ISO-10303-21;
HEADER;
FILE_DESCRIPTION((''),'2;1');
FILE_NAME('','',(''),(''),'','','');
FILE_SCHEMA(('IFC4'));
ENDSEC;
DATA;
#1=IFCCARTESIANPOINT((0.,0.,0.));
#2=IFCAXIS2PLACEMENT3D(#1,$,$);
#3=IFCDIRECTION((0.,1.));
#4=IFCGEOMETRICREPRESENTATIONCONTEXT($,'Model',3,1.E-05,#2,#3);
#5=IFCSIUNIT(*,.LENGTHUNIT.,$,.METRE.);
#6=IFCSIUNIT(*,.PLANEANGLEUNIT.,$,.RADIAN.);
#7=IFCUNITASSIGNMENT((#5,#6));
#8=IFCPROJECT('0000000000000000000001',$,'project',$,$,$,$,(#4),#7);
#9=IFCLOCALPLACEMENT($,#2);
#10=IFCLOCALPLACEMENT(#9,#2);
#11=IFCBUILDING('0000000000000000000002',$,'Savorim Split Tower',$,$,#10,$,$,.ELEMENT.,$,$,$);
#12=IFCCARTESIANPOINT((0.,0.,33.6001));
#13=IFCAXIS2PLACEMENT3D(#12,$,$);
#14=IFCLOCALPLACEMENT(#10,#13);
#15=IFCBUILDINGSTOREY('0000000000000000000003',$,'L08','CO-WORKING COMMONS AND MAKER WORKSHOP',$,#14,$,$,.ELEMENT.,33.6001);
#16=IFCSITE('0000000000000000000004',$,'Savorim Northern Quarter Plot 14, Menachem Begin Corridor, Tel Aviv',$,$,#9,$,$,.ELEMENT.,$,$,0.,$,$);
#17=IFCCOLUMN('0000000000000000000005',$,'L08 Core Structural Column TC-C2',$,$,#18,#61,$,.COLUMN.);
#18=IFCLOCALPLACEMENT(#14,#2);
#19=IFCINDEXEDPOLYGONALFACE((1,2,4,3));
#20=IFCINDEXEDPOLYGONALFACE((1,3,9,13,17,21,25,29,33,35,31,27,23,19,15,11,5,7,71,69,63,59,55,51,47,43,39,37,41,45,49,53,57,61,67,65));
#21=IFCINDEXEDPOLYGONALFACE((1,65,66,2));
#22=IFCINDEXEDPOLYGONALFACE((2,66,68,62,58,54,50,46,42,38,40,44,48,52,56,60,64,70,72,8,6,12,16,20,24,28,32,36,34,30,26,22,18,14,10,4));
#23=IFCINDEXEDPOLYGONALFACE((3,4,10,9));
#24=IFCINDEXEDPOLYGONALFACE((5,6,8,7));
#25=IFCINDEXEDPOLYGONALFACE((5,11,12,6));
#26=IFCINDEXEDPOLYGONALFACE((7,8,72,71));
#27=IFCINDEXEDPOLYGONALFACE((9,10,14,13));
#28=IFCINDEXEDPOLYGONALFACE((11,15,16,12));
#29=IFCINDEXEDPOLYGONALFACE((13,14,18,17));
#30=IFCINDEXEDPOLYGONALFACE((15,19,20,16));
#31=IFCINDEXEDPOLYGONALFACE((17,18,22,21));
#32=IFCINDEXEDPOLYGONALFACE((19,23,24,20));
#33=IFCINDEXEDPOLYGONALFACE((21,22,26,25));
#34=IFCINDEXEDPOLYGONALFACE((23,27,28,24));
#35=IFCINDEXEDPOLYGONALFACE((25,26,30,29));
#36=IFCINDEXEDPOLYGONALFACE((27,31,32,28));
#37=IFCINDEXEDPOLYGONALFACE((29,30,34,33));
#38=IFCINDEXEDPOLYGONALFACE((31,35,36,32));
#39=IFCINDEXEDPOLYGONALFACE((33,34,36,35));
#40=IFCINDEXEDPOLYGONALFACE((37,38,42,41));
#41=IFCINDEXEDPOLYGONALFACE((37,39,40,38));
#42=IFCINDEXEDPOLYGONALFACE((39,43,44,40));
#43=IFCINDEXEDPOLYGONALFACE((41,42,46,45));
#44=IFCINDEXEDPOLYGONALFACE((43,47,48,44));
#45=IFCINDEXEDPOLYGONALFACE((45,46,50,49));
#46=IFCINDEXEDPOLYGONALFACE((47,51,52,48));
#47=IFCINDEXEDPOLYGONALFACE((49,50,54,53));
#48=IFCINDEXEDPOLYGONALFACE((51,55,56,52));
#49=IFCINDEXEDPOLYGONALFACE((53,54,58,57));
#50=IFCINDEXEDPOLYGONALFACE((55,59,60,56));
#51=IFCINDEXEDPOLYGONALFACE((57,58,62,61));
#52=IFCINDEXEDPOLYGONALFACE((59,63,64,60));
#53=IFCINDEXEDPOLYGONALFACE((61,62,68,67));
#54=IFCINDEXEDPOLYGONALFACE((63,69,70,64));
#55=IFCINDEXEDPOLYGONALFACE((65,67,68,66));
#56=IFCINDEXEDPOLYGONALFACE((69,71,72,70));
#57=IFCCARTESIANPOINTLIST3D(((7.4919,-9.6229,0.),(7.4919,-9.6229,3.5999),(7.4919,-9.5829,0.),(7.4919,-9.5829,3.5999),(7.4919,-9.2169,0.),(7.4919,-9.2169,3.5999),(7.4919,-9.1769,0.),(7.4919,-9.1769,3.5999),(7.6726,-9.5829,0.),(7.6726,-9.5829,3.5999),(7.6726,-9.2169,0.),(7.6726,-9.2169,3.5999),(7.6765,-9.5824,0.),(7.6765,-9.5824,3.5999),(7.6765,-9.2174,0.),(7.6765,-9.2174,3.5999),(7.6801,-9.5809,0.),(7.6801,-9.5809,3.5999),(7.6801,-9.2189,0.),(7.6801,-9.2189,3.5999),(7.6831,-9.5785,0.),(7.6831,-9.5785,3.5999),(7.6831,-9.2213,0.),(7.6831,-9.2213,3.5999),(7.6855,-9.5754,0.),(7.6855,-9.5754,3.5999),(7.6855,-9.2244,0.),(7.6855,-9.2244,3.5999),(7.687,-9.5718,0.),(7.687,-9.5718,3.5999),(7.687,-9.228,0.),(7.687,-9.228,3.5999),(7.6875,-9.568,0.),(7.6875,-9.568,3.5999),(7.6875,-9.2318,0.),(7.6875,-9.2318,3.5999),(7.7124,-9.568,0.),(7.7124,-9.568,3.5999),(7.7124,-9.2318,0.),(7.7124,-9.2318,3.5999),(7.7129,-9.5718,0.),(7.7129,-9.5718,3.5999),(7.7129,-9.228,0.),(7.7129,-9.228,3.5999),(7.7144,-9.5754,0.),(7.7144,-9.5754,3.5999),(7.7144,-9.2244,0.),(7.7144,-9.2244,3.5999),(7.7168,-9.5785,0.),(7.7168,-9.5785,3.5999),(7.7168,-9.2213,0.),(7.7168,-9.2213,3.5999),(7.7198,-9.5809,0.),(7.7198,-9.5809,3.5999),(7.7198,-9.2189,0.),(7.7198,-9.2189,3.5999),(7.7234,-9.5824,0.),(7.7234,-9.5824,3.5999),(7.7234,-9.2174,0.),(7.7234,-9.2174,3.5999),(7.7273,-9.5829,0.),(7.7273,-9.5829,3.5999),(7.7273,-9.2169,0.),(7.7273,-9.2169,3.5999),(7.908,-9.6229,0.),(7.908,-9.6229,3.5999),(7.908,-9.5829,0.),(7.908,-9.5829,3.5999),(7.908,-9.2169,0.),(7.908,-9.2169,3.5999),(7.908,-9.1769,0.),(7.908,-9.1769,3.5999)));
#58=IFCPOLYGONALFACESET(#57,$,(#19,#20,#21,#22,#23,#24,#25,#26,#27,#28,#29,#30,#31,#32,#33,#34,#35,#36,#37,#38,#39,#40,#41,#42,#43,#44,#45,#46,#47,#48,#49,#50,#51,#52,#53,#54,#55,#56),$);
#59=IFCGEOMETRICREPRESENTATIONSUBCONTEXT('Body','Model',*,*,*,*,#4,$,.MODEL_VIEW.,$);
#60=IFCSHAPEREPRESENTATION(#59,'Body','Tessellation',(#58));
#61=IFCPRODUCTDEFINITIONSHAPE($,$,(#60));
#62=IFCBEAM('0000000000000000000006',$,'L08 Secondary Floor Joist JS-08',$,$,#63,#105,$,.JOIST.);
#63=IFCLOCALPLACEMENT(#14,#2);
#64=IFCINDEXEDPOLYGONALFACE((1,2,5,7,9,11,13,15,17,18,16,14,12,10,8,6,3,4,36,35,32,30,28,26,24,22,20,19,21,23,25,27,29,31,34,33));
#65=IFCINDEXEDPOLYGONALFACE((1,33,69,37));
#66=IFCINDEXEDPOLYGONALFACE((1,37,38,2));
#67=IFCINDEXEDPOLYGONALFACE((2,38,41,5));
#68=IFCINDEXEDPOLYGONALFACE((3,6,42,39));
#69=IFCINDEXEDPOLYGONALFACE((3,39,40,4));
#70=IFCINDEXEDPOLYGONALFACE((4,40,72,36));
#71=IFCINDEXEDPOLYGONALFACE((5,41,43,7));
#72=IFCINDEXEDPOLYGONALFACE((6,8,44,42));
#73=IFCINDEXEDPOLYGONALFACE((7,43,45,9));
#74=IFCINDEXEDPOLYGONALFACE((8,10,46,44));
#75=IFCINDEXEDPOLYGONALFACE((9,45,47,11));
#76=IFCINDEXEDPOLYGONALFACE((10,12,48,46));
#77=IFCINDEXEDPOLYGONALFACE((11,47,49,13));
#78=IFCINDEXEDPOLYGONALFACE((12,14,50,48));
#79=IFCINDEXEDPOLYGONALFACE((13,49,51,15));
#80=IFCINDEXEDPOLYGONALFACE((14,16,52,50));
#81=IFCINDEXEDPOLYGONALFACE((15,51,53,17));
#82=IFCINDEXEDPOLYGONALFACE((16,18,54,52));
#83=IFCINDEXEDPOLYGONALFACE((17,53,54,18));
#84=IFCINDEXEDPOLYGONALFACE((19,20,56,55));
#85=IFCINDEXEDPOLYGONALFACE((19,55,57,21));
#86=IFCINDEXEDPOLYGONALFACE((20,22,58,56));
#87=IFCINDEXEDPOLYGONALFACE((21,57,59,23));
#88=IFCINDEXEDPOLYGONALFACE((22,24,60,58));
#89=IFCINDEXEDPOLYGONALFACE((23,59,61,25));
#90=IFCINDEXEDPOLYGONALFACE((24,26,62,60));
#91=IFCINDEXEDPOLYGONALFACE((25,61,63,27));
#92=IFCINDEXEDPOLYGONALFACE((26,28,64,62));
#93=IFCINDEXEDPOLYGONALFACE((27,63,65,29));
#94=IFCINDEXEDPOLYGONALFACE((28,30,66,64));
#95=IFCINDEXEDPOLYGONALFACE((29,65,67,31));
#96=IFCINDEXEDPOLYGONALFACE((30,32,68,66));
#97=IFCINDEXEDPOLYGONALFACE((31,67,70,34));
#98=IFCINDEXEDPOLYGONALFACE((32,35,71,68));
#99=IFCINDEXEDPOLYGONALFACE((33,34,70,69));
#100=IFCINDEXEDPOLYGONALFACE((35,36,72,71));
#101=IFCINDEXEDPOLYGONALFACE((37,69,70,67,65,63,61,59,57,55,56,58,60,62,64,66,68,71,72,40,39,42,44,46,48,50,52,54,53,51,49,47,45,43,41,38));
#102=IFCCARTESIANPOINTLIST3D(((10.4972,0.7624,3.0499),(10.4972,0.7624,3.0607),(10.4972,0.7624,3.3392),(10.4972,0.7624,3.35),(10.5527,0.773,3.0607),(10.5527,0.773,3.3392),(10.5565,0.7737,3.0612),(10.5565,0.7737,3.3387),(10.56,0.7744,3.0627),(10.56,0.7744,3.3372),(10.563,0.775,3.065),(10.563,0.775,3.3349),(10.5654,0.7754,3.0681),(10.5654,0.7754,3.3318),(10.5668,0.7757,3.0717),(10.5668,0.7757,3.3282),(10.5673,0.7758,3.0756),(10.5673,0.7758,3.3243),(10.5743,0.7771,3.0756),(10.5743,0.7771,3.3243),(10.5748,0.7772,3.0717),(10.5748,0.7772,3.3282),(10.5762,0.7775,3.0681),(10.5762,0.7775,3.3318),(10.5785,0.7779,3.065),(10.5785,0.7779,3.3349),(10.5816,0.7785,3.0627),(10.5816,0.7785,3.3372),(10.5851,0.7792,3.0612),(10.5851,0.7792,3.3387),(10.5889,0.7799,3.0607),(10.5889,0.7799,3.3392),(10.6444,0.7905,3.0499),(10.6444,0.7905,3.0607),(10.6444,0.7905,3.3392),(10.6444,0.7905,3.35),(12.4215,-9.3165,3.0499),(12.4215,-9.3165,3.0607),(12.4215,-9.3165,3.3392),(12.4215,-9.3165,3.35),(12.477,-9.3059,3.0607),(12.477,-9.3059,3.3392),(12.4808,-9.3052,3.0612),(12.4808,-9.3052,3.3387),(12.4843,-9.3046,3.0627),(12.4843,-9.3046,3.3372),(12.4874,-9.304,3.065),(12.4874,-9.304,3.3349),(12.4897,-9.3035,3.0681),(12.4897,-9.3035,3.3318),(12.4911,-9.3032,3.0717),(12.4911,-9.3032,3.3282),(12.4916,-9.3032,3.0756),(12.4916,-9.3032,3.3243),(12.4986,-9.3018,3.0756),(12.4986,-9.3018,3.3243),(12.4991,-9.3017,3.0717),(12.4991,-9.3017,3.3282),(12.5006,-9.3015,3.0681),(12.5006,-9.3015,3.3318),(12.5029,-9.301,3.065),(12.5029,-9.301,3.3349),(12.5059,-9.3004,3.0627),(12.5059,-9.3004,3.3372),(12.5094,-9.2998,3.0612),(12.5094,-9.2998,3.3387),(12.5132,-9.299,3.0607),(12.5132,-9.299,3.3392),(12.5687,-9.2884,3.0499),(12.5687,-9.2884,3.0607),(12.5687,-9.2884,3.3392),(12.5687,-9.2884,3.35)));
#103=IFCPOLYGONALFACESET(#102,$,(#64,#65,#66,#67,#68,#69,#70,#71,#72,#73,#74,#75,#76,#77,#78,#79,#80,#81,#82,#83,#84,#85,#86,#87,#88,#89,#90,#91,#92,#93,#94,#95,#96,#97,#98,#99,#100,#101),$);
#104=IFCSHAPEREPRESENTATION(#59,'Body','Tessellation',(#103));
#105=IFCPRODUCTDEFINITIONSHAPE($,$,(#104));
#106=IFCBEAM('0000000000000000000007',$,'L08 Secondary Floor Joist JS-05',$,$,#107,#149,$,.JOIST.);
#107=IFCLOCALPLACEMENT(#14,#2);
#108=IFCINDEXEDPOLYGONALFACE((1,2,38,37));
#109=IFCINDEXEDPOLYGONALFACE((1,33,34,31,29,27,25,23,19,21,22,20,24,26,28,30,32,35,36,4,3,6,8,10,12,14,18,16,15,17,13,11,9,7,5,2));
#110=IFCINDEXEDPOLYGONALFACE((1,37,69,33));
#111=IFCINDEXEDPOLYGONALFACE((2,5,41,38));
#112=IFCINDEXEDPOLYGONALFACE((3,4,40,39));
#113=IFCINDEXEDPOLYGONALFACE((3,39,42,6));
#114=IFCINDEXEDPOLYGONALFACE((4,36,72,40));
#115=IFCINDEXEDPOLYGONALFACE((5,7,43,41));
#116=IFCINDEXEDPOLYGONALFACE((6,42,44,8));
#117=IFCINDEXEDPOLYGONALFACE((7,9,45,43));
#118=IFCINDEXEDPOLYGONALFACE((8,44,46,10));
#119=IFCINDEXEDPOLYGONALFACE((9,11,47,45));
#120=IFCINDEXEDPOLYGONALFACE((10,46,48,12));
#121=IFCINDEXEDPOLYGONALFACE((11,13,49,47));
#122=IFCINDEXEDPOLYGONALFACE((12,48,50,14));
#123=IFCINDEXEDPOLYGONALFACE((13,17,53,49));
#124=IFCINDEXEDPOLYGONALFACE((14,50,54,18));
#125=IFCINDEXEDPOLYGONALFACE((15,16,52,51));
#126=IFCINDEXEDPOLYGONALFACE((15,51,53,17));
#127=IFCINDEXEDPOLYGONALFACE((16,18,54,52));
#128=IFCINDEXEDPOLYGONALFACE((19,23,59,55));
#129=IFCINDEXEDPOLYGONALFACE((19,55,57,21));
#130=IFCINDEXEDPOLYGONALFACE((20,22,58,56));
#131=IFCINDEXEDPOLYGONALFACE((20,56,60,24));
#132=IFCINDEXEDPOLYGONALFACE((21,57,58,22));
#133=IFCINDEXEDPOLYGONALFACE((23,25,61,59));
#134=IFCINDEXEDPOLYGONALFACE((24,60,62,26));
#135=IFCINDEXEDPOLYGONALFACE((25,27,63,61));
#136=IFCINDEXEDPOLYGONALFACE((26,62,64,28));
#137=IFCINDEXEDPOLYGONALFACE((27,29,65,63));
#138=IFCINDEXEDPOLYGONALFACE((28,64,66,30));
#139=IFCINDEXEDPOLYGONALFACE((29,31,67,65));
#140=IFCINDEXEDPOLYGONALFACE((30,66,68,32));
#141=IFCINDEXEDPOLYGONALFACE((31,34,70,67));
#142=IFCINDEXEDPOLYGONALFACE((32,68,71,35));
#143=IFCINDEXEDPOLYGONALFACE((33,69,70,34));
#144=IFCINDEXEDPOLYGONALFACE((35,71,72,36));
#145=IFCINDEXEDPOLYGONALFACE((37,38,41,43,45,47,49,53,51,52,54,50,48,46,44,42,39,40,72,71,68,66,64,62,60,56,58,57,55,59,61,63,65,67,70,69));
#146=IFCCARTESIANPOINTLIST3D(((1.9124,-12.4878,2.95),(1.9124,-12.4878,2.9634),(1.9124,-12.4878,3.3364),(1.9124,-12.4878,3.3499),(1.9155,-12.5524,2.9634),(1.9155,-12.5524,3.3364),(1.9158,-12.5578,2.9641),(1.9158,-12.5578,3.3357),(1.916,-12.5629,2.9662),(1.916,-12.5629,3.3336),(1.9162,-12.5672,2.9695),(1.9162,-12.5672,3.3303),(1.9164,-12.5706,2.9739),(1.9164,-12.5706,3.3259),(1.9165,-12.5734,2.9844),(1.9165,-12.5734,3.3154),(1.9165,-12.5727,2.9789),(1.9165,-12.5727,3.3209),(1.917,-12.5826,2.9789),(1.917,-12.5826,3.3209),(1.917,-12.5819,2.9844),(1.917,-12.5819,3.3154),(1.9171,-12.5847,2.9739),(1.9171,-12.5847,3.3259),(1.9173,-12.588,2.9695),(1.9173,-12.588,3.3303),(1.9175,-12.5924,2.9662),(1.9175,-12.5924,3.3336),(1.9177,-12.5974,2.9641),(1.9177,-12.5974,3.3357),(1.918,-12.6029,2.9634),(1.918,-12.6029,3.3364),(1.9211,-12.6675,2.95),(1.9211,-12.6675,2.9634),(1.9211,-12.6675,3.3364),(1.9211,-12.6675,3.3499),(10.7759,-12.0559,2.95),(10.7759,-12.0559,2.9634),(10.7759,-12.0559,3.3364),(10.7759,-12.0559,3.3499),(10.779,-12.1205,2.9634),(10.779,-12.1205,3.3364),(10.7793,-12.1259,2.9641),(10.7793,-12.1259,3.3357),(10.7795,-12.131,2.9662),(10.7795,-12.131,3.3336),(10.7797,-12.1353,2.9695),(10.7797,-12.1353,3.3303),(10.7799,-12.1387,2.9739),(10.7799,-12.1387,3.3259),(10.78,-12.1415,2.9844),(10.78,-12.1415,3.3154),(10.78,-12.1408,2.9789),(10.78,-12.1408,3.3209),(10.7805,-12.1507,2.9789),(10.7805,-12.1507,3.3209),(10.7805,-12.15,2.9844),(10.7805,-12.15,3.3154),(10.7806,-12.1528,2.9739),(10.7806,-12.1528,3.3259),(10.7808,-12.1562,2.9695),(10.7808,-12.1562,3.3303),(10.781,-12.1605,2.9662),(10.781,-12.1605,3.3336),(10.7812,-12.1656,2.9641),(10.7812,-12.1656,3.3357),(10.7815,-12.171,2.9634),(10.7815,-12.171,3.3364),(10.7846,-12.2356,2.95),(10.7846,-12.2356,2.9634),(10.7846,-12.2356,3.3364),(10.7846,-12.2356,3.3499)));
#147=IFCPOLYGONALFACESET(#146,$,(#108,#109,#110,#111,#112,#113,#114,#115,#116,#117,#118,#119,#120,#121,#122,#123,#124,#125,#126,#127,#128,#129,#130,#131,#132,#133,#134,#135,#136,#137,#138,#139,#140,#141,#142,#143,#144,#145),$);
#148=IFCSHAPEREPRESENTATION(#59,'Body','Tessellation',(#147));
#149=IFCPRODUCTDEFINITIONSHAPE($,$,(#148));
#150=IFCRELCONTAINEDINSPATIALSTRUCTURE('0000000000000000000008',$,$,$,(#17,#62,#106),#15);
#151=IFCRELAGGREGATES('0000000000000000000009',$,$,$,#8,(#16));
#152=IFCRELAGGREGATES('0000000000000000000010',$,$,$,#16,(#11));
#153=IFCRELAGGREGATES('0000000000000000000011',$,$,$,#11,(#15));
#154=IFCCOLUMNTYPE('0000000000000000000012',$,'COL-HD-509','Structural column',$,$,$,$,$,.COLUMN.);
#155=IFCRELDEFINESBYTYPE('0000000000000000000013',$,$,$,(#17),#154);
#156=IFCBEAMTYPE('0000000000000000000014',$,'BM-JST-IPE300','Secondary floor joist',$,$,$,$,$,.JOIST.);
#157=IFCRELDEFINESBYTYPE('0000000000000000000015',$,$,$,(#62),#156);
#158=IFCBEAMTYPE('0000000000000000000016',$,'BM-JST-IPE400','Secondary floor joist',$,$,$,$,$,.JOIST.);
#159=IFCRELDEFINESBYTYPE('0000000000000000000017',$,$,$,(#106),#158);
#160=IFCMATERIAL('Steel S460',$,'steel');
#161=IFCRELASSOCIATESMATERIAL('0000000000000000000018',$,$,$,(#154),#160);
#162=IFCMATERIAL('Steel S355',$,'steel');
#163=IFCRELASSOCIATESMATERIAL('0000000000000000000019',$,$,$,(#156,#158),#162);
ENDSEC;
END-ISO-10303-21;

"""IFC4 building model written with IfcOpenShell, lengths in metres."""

from ifc_helpers import new_model, si_unit, direction, frame, origin, origin_2d, place, context, subcontext, project, spatial, i_section, extrude, material, material_profile, profile_set, type_object, element, save


model = new_model("IFC4")

# Units and contexts
model_context = context("Model", 3, precision=1e-05, world=origin(), true_north=direction((0.0, 1.0)))
body_context = subcontext(model_context, "Body", "Model", "MODEL_VIEW")
ifc_project = project(units=[si_unit("LENGTHUNIT", "METRE"), si_unit("PLANEANGLEUNIT", "RADIAN")], contexts=[model_context])

# Site, building, storey
site_placement = place(None, origin())
site = spatial("IfcSite", under=ifc_project, at=site_placement, Name="Savorim Northern Quarter Plot 14, Menachem Begin Corridor, Tel Aviv", CompositionType="ELEMENT", RefElevation=0.0)
building_placement = place(site_placement, origin())
building = spatial("IfcBuilding", under=site, at=building_placement, Name="Savorim Split Tower", CompositionType="ELEMENT")
storey_placement = place(building_placement, frame((0.0, 0.0, 33.6001)))
storey = spatial("IfcBuildingStorey", under=building, at=storey_placement, Name="L08", Description="CO-WORKING COMMONS AND MAKER WORKSHOP", CompositionType="ELEMENT", Elevation=33.6001)

# Column
ifc_material_1 = material(Name="Steel S460", Category="steel")
ifc_material_profile_1 = material_profile(ifc_material_1, i_section(OverallWidth=0.416, OverallDepth=0.446, WebThickness=0.0249, FlangeThickness=0.04, FilletRadius=0.0149, at=origin_2d()), Name="HD 400x509")
ifc_profile_set_1 = profile_set([ifc_material_profile_1], Name="Steel S460")
column_type = type_object("IfcColumnType", Name="COL-HD-509", Description="Structural column", PredefinedType="COLUMN", material=ifc_profile_set_1)
column_placement = place(storey_placement, frame((7.7, -9.3999, 0.0), z_axis=(0.0, 0.0, 1.0), x_axis=(1.0, 0.0, 0.0)))
element("IfcColumn", 1, at=column_placement, inside=storey, type_object=column_type, Name="L08 Core Structural Column TC-C2", PredefinedType="COLUMN", context=body_context, shape_type="SweptSolid", body=[
    extrude(i_section(OverallWidth=0.416, OverallDepth=0.446, WebThickness=0.0249, FlangeThickness=0.04, FilletRadius=0.0149, at=origin_2d()), origin(), (0.0, 0.0, 1.0), 3.5999),
])

# Beams
ifc_material_2 = material(Name="Steel S355", Category="steel")
ifc_material_profile_2 = material_profile(ifc_material_2, i_section(OverallWidth=0.1499, OverallDepth=0.3, WebThickness=0.0071, FlangeThickness=0.0107, FilletRadius=0.0149, at=origin_2d()), Name="IPE 300")
ifc_profile_set_2 = profile_set([ifc_material_profile_2], Name="Steel S355")
beam_type_1 = type_object("IfcBeamType", Name="BM-JST-IPE300", Description="Secondary floor joist", PredefinedType="JOIST", material=ifc_profile_set_2)
beam_1_placement = place(storey_placement, frame((12.4951, -9.3025, 3.2), z_axis=(-0.187538, 0.982257, 0.0), x_axis=(-0.982257, -0.187538, 0.0)))
element("IfcBeam", 2, at=beam_1_placement, inside=storey, type_object=beam_type_1, Name="L08 Secondary Floor Joist JS-08", PredefinedType="JOIST", context=body_context, shape_type="SweptSolid", body=[
    extrude(i_section(OverallWidth=0.1499, OverallDepth=0.3, WebThickness=0.0071, FlangeThickness=0.0107, FilletRadius=0.0149, at=origin_2d()), origin(), (0.0, 0.0, 1.0), 10.261),
])
ifc_material_profile_3 = material_profile(ifc_material_2, i_section(OverallWidth=0.1799, OverallDepth=0.3999, WebThickness=0.0085, FlangeThickness=0.0134, FilletRadius=0.021, at=origin_2d()), Name="IPE 400")
ifc_profile_set_3 = profile_set([ifc_material_profile_3], Name="Steel S355")
beam_type_2 = type_object("IfcBeamType", Name="BM-JST-IPE400", Description="Secondary floor joist", PredefinedType="JOIST", material=ifc_profile_set_3)
beam_2_placement = place(storey_placement, frame((1.9167, -12.5776, 3.1499), z_axis=(0.998815, 0.048668, 0.0), x_axis=(-0.048668, 0.998815, 0.0)))
element("IfcBeam", 3, at=beam_2_placement, inside=storey, type_object=beam_type_2, Name="L08 Secondary Floor Joist JS-05", PredefinedType="JOIST", context=body_context, shape_type="SweptSolid", body=[
    extrude(i_section(OverallWidth=0.1799, OverallDepth=0.3999, WebThickness=0.0085, FlangeThickness=0.0134, FilletRadius=0.021, at=origin_2d()), origin(), (0.0, 0.0, 1.0), 8.874),
])

save(model, "model.ifc")
